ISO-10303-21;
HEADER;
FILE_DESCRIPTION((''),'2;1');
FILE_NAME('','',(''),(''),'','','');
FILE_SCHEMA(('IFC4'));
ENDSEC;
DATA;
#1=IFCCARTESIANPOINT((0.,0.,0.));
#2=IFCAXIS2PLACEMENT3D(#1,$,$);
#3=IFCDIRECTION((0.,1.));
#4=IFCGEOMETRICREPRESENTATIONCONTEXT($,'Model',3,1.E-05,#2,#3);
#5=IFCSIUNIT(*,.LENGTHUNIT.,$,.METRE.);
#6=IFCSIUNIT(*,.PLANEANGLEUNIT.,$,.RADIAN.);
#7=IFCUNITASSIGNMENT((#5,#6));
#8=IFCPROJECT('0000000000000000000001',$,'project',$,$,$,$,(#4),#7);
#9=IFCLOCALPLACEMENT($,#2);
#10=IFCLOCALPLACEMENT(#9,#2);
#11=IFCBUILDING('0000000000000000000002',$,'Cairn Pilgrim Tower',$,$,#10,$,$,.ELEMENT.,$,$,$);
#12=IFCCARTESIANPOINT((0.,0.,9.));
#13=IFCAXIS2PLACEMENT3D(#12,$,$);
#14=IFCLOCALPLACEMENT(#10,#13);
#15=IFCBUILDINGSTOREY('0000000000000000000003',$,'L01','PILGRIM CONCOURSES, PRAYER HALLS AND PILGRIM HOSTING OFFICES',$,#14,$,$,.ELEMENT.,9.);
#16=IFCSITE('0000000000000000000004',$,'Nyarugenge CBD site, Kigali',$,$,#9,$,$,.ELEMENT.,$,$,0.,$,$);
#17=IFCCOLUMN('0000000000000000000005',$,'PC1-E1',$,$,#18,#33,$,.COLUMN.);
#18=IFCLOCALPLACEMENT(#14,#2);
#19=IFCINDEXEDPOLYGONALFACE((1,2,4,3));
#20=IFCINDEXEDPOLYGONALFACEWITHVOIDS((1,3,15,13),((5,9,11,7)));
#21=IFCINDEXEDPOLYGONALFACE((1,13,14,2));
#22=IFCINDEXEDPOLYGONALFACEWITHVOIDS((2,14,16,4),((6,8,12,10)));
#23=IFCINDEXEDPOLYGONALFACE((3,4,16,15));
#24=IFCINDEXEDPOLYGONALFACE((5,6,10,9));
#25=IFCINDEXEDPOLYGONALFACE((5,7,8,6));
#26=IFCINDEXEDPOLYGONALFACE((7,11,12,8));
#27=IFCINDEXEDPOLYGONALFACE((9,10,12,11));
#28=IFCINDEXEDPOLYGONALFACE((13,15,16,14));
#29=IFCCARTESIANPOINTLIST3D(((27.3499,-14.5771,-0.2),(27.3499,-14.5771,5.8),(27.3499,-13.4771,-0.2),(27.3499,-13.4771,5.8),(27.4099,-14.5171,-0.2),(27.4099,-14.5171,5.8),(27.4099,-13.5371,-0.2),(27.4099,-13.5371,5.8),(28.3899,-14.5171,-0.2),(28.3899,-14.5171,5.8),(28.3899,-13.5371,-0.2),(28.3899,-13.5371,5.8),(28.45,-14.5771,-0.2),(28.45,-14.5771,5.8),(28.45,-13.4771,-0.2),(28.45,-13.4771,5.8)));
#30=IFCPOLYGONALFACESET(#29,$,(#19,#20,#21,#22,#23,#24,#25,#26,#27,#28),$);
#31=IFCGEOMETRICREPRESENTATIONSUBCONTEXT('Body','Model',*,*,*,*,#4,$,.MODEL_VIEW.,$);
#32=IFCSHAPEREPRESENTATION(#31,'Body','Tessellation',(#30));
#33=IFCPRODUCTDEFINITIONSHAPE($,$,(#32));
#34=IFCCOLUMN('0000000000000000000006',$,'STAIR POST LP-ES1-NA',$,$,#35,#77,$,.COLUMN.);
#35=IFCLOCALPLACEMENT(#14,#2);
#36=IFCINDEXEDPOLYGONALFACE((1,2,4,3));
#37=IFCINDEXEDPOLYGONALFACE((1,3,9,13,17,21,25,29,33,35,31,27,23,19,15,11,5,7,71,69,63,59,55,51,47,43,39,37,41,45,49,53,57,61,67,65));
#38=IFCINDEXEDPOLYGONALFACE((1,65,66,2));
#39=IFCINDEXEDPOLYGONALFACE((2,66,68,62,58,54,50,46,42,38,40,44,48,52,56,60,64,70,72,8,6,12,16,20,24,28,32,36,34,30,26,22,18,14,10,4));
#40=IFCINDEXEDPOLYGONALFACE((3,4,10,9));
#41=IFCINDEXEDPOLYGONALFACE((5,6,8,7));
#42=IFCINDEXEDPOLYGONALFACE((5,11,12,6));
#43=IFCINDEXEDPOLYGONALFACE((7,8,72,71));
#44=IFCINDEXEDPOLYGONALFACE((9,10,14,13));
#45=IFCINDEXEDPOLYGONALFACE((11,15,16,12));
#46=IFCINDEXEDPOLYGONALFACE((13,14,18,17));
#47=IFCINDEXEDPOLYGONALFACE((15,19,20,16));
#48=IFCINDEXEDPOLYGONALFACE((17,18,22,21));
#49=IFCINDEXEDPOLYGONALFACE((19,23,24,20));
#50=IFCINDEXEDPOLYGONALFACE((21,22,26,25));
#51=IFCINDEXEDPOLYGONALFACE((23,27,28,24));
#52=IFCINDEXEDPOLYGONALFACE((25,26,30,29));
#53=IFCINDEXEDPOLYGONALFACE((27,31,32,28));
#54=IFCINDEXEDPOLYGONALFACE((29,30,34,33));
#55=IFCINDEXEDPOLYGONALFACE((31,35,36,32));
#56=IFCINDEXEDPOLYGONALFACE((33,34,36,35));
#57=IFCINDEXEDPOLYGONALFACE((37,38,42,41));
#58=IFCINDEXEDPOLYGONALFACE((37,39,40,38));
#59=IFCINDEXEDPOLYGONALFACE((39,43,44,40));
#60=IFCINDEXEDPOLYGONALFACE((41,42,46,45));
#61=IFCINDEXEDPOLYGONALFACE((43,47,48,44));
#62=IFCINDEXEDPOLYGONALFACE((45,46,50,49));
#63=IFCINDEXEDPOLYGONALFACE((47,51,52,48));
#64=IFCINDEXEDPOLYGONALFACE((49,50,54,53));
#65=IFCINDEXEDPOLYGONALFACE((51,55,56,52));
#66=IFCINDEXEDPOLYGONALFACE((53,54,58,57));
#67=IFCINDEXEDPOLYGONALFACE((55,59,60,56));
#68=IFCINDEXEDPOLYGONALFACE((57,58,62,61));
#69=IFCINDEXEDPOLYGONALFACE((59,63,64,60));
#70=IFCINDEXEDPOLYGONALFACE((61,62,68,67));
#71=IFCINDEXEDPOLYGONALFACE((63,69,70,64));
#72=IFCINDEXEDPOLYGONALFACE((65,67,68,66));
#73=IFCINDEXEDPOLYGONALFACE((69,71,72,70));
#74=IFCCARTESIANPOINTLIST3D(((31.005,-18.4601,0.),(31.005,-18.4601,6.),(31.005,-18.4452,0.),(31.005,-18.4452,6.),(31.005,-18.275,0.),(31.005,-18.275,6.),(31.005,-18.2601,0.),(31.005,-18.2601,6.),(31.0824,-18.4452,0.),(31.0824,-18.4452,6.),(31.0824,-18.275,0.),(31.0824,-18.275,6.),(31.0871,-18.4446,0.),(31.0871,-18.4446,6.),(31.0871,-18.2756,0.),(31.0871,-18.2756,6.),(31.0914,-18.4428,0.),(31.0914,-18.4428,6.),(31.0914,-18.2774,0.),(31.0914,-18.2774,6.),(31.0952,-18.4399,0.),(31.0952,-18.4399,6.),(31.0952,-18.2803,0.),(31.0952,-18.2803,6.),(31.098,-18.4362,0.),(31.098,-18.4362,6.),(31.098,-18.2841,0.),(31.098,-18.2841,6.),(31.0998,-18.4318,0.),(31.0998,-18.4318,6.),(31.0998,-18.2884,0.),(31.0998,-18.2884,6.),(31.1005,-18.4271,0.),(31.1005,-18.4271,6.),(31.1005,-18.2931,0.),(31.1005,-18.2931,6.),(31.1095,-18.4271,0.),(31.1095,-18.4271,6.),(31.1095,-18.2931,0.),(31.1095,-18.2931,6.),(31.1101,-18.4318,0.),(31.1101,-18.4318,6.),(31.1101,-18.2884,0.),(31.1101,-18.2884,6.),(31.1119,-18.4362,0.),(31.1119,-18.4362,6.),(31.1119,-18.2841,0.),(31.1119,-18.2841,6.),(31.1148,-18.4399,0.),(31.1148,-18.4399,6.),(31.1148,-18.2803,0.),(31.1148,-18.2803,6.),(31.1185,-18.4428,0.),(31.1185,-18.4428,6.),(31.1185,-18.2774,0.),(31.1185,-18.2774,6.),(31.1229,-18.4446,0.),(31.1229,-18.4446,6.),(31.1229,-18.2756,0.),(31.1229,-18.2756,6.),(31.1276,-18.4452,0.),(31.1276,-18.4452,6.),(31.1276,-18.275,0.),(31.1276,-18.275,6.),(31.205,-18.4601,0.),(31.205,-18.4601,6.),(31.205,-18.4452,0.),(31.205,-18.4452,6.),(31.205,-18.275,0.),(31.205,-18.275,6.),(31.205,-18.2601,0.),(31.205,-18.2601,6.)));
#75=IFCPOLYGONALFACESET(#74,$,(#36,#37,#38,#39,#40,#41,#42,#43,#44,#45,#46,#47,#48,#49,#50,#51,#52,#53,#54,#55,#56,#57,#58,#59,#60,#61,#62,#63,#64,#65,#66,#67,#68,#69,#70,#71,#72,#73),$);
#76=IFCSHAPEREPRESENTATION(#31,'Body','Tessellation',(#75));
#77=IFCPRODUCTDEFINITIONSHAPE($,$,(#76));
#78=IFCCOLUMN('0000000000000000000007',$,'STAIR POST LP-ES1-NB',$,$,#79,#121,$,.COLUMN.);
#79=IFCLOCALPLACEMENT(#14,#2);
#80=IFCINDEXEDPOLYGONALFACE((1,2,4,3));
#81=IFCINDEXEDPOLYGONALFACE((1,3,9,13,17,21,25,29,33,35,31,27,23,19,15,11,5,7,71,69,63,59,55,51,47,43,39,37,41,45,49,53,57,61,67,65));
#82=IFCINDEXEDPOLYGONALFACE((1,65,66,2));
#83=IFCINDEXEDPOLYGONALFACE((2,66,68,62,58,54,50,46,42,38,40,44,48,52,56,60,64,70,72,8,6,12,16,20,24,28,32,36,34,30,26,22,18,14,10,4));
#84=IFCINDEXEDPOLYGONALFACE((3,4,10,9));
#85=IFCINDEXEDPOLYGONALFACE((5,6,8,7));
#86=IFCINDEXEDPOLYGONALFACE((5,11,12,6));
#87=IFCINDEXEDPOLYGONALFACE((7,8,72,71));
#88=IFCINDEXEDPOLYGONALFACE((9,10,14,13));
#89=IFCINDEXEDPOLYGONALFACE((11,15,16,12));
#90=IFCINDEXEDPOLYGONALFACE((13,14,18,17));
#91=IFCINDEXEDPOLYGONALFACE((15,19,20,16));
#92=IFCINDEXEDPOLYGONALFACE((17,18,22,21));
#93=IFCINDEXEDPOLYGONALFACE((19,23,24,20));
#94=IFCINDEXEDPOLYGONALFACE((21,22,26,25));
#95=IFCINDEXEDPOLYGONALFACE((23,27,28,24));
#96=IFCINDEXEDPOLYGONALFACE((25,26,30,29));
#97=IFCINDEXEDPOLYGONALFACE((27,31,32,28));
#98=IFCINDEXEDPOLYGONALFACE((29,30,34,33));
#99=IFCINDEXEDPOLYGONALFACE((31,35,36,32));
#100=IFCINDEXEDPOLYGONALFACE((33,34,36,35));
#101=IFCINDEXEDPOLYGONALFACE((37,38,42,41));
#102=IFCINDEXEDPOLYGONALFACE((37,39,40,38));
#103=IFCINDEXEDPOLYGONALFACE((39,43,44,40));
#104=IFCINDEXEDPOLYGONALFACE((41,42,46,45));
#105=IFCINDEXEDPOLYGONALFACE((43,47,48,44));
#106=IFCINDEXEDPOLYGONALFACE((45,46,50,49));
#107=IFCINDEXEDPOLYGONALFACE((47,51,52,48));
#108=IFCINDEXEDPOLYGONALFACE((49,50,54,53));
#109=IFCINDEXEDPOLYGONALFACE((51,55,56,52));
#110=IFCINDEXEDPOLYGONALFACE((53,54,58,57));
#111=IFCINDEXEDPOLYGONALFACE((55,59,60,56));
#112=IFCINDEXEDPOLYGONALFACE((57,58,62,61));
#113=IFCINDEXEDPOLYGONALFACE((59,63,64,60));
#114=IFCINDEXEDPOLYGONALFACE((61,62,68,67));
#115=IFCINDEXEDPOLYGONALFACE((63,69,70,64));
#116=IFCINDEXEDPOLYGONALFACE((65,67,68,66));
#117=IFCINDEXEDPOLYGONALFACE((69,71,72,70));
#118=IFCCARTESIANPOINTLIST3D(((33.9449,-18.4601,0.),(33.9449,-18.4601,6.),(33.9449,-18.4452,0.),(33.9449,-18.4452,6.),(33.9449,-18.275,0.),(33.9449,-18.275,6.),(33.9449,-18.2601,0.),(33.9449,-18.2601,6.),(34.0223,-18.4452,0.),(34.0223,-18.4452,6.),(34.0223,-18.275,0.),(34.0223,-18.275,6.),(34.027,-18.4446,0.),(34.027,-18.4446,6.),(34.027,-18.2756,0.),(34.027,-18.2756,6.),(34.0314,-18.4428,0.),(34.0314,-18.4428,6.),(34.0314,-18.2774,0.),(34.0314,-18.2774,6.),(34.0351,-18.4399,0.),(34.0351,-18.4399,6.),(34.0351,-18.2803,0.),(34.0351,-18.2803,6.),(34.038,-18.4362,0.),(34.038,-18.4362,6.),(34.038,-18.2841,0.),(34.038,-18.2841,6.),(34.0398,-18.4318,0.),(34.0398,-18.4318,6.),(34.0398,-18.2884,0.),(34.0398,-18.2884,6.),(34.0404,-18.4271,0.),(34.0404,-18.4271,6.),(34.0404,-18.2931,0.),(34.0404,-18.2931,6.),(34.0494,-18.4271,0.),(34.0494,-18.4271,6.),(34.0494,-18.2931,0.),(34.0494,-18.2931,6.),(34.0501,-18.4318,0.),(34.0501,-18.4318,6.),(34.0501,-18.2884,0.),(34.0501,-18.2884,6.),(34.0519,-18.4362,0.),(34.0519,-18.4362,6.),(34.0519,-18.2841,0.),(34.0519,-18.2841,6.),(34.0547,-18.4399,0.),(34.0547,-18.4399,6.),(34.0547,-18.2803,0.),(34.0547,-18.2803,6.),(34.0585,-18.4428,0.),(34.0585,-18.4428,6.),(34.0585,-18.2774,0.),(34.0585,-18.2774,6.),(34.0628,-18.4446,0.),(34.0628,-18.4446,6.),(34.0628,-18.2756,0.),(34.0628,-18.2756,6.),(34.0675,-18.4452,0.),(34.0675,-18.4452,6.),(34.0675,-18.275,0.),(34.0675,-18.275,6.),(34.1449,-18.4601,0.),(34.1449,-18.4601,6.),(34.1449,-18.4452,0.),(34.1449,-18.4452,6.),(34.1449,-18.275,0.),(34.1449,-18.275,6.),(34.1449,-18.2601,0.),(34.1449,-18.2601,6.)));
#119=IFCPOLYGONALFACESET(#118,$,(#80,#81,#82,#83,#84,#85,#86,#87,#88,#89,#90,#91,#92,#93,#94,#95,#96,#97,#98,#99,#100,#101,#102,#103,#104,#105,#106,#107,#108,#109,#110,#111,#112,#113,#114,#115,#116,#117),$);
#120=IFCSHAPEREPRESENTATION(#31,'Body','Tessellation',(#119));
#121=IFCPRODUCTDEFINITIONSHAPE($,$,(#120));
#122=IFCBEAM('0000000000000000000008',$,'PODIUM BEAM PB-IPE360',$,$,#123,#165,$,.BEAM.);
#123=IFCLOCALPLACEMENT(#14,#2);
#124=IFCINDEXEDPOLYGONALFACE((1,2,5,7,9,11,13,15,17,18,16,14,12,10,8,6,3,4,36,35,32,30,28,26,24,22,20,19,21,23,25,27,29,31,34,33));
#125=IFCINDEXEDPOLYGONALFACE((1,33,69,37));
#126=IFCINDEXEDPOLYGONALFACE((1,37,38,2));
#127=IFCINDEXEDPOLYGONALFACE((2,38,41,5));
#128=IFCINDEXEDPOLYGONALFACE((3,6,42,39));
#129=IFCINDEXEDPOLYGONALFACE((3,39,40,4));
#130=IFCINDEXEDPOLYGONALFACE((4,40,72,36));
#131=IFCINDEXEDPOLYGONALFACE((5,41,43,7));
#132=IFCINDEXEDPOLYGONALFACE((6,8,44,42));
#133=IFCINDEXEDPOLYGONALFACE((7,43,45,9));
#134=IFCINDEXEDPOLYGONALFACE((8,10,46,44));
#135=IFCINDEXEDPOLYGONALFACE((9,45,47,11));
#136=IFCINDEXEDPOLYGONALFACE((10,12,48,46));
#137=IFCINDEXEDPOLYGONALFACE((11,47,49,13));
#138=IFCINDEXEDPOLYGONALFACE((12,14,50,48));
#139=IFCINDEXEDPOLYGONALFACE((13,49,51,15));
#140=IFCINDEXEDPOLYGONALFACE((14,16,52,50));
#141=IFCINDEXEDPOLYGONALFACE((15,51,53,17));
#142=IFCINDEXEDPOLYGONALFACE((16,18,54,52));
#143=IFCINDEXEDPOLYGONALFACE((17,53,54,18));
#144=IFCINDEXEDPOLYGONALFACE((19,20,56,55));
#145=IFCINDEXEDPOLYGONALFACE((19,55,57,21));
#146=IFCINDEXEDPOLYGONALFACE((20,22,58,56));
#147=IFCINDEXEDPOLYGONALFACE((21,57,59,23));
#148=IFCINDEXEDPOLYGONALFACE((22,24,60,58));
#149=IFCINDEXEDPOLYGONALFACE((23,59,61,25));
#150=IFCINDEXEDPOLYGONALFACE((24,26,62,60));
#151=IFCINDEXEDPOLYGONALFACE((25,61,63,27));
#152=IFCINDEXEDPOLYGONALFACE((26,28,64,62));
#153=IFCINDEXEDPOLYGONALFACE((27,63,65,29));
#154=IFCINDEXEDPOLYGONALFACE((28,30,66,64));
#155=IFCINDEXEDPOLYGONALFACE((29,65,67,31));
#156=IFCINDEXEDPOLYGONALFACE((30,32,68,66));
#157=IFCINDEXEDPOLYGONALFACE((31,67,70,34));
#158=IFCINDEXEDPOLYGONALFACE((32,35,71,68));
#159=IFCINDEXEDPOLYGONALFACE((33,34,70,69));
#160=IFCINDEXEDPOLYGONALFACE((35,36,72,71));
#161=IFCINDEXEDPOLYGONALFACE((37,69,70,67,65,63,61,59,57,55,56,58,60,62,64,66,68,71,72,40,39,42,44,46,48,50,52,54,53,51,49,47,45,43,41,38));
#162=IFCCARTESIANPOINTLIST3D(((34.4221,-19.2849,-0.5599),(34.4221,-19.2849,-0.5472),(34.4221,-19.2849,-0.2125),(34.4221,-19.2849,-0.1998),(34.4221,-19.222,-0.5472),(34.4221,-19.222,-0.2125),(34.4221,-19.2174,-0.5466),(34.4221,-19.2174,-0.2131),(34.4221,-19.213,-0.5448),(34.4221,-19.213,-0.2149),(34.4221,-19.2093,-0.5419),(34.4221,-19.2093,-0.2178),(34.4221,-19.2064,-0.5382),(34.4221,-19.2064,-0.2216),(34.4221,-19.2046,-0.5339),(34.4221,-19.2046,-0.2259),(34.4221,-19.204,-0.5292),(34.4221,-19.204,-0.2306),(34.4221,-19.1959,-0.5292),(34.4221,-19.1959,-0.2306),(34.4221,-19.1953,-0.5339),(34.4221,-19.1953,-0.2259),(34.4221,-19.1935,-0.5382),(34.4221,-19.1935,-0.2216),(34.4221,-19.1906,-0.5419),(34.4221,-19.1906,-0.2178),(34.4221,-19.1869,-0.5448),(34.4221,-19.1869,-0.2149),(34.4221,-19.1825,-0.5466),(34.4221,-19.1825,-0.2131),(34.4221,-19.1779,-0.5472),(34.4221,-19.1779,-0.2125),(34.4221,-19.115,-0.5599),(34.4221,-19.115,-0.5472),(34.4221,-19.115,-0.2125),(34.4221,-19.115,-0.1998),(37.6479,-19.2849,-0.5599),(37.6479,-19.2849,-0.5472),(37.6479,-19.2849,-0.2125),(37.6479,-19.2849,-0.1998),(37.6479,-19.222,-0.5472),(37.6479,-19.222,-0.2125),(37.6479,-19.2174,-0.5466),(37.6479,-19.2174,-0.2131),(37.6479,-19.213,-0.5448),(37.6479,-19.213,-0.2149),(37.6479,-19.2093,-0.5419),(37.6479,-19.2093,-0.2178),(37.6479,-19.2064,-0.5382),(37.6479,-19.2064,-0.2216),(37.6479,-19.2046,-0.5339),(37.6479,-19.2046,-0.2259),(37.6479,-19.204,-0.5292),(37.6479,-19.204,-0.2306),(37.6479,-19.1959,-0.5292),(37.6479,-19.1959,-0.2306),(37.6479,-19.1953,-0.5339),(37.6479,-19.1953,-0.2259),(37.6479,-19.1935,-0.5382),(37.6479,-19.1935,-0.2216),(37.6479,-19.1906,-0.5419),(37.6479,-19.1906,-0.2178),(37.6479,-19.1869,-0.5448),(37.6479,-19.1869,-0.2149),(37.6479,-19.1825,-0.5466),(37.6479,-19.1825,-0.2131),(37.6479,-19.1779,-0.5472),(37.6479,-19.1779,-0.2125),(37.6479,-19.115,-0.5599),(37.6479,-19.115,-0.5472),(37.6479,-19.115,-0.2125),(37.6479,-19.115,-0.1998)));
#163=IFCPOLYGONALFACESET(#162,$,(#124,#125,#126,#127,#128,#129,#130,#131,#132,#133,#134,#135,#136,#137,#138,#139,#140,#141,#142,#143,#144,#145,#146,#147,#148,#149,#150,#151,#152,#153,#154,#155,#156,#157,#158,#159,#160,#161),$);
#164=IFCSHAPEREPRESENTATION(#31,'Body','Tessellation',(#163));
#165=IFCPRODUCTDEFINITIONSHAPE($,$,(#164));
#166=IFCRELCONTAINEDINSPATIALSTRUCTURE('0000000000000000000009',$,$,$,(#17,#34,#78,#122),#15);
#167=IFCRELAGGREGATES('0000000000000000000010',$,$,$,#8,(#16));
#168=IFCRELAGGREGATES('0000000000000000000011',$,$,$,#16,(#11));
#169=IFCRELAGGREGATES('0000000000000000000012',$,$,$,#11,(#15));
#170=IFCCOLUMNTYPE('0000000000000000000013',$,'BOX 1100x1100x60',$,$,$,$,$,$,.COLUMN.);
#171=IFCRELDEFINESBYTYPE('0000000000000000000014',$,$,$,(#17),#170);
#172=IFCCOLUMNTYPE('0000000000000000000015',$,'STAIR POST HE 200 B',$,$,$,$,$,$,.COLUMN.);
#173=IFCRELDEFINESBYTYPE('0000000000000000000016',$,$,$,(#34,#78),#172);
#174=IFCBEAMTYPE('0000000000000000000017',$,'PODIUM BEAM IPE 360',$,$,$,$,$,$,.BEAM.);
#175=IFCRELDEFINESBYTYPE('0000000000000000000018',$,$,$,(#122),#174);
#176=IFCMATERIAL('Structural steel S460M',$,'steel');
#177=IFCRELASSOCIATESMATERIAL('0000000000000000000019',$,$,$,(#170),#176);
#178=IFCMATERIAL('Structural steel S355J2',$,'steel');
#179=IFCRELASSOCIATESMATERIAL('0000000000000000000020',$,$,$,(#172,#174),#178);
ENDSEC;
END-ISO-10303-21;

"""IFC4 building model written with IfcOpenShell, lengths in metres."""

from ifc_helpers import new_model, si_unit, direction, frame, origin, origin_2d, place, context, subcontext, project, spatial, hollow_rectangle, i_section, extrude, material, material_profile, profile_set, type_object, element, save


model = new_model("IFC4")

# Units and contexts
model_context = context("Model", 3, precision=1e-05, world=origin(), true_north=direction((0.0, 1.0)))
body_context = subcontext(model_context, "Body", "Model", "MODEL_VIEW")
ifc_project = project(units=[si_unit("LENGTHUNIT", "METRE"), si_unit("PLANEANGLEUNIT", "RADIAN")], contexts=[model_context])

# Site, building, storey
site_placement = place(None, origin())
site = spatial("IfcSite", under=ifc_project, at=site_placement, Name="Nyarugenge CBD site, Kigali", CompositionType="ELEMENT", RefElevation=0.0)
building_placement = place(site_placement, origin())
building = spatial("IfcBuilding", under=site, at=building_placement, Name="Cairn Pilgrim Tower", CompositionType="ELEMENT")
storey_placement = place(building_placement, frame((0.0, 0.0, 9.0)))
storey = spatial("IfcBuildingStorey", under=building, at=storey_placement, Name="L01", Description="PILGRIM CONCOURSES, PRAYER HALLS AND PILGRIM HOSTING OFFICES", CompositionType="ELEMENT", Elevation=9.0)

# Columns
ifc_material_1 = material(Name="Structural steel S460M", Category="steel")
ifc_material_profile_1 = material_profile(ifc_material_1, hollow_rectangle(XDim=1.1001, YDim=1.1001, WallThickness=0.0601, at=origin_2d()), Name="BOX 1100x1100x60")
ifc_profile_set_1 = profile_set([ifc_material_profile_1], Name="Structural steel S460M")
column_type_1 = type_object("IfcColumnType", Name="BOX 1100x1100x60", PredefinedType="COLUMN", material=ifc_profile_set_1)
column_placement = place(storey_placement, frame((27.8999, -14.0271, -0.2), z_axis=(0.0, 0.0, 1.0), x_axis=(1.0, 0.0, 0.0)))
element("IfcColumn", 1, at=column_placement, inside=storey, type_object=column_type_1, Name="PC1-E1", PredefinedType="COLUMN", context=body_context, shape_type="SweptSolid", body=[
    extrude(hollow_rectangle(XDim=1.1001, YDim=1.1001, WallThickness=0.0601, at=origin_2d()), origin(), (0.0, 0.0, 1.0), 6.0),
])
ifc_material_2 = material(Name="Structural steel S355J2", Category="steel")
ifc_material_profile_2 = material_profile(ifc_material_2, i_section(OverallWidth=0.2, OverallDepth=0.2, WebThickness=0.009, FlangeThickness=0.0149, FilletRadius=0.0181, at=origin_2d()), Name="HE 200 B")
ifc_profile_set_2 = profile_set([ifc_material_profile_2], Name="Structural steel S355J2")
column_type_2 = type_object("IfcColumnType", Name="STAIR POST HE 200 B", PredefinedType="COLUMN", material=ifc_profile_set_2)
for number, where, z_axis, x_axis, name in (
    (2, (31.105, -18.3601, 0.0), (0.0, 0.0, 1.0), (1.0, 0.0, 0.0), "STAIR POST LP-ES1-NA"),
    (3, (34.0449, -18.3601, 0.0), (0.0, 0.0, 1.0), (1.0, 0.0, 0.0), "STAIR POST LP-ES1-NB"),
):
    element("IfcColumn", number, at=place(storey_placement, frame(where, z_axis=z_axis, x_axis=x_axis)), inside=storey, type_object=column_type_2, Name=name, PredefinedType="COLUMN", context=body_context, shape_type="SweptSolid", body=[
        extrude(i_section(OverallWidth=0.2, OverallDepth=0.2, WebThickness=0.009, FlangeThickness=0.0149, FilletRadius=0.0181, at=origin_2d()), origin(), (0.0, 0.0, 1.0), 6.0),
    ])

# Beam
ifc_material_profile_3 = material_profile(ifc_material_2, i_section(OverallWidth=0.1699, OverallDepth=0.3601, WebThickness=0.0081, FlangeThickness=0.0127, FilletRadius=0.0181, at=origin_2d()), Name="IPE 360")
ifc_profile_set_3 = profile_set([ifc_material_profile_3], Name="Structural steel S355J2")
beam_type_1 = type_object("IfcBeamType", Name="PODIUM BEAM IPE 360", PredefinedType="BEAM", material=ifc_profile_set_3)
beam_1_placement = place(storey_placement, frame((34.4221, -19.2, -0.3799), z_axis=(1.0, 0.0, 0.0), x_axis=(0.0, 1.0, 0.0)))
element("IfcBeam", 4, at=beam_1_placement, inside=storey, type_object=beam_type_1, Name="PODIUM BEAM PB-IPE360", PredefinedType="BEAM", context=body_context, shape_type="SweptSolid", body=[
    extrude(i_section(OverallWidth=0.1699, OverallDepth=0.3601, WebThickness=0.0081, FlangeThickness=0.0127, FilletRadius=0.0181, at=origin_2d()), origin(), (0.0, 0.0, 1.0), 3.2258),
])

save(model, "model.ifc")
